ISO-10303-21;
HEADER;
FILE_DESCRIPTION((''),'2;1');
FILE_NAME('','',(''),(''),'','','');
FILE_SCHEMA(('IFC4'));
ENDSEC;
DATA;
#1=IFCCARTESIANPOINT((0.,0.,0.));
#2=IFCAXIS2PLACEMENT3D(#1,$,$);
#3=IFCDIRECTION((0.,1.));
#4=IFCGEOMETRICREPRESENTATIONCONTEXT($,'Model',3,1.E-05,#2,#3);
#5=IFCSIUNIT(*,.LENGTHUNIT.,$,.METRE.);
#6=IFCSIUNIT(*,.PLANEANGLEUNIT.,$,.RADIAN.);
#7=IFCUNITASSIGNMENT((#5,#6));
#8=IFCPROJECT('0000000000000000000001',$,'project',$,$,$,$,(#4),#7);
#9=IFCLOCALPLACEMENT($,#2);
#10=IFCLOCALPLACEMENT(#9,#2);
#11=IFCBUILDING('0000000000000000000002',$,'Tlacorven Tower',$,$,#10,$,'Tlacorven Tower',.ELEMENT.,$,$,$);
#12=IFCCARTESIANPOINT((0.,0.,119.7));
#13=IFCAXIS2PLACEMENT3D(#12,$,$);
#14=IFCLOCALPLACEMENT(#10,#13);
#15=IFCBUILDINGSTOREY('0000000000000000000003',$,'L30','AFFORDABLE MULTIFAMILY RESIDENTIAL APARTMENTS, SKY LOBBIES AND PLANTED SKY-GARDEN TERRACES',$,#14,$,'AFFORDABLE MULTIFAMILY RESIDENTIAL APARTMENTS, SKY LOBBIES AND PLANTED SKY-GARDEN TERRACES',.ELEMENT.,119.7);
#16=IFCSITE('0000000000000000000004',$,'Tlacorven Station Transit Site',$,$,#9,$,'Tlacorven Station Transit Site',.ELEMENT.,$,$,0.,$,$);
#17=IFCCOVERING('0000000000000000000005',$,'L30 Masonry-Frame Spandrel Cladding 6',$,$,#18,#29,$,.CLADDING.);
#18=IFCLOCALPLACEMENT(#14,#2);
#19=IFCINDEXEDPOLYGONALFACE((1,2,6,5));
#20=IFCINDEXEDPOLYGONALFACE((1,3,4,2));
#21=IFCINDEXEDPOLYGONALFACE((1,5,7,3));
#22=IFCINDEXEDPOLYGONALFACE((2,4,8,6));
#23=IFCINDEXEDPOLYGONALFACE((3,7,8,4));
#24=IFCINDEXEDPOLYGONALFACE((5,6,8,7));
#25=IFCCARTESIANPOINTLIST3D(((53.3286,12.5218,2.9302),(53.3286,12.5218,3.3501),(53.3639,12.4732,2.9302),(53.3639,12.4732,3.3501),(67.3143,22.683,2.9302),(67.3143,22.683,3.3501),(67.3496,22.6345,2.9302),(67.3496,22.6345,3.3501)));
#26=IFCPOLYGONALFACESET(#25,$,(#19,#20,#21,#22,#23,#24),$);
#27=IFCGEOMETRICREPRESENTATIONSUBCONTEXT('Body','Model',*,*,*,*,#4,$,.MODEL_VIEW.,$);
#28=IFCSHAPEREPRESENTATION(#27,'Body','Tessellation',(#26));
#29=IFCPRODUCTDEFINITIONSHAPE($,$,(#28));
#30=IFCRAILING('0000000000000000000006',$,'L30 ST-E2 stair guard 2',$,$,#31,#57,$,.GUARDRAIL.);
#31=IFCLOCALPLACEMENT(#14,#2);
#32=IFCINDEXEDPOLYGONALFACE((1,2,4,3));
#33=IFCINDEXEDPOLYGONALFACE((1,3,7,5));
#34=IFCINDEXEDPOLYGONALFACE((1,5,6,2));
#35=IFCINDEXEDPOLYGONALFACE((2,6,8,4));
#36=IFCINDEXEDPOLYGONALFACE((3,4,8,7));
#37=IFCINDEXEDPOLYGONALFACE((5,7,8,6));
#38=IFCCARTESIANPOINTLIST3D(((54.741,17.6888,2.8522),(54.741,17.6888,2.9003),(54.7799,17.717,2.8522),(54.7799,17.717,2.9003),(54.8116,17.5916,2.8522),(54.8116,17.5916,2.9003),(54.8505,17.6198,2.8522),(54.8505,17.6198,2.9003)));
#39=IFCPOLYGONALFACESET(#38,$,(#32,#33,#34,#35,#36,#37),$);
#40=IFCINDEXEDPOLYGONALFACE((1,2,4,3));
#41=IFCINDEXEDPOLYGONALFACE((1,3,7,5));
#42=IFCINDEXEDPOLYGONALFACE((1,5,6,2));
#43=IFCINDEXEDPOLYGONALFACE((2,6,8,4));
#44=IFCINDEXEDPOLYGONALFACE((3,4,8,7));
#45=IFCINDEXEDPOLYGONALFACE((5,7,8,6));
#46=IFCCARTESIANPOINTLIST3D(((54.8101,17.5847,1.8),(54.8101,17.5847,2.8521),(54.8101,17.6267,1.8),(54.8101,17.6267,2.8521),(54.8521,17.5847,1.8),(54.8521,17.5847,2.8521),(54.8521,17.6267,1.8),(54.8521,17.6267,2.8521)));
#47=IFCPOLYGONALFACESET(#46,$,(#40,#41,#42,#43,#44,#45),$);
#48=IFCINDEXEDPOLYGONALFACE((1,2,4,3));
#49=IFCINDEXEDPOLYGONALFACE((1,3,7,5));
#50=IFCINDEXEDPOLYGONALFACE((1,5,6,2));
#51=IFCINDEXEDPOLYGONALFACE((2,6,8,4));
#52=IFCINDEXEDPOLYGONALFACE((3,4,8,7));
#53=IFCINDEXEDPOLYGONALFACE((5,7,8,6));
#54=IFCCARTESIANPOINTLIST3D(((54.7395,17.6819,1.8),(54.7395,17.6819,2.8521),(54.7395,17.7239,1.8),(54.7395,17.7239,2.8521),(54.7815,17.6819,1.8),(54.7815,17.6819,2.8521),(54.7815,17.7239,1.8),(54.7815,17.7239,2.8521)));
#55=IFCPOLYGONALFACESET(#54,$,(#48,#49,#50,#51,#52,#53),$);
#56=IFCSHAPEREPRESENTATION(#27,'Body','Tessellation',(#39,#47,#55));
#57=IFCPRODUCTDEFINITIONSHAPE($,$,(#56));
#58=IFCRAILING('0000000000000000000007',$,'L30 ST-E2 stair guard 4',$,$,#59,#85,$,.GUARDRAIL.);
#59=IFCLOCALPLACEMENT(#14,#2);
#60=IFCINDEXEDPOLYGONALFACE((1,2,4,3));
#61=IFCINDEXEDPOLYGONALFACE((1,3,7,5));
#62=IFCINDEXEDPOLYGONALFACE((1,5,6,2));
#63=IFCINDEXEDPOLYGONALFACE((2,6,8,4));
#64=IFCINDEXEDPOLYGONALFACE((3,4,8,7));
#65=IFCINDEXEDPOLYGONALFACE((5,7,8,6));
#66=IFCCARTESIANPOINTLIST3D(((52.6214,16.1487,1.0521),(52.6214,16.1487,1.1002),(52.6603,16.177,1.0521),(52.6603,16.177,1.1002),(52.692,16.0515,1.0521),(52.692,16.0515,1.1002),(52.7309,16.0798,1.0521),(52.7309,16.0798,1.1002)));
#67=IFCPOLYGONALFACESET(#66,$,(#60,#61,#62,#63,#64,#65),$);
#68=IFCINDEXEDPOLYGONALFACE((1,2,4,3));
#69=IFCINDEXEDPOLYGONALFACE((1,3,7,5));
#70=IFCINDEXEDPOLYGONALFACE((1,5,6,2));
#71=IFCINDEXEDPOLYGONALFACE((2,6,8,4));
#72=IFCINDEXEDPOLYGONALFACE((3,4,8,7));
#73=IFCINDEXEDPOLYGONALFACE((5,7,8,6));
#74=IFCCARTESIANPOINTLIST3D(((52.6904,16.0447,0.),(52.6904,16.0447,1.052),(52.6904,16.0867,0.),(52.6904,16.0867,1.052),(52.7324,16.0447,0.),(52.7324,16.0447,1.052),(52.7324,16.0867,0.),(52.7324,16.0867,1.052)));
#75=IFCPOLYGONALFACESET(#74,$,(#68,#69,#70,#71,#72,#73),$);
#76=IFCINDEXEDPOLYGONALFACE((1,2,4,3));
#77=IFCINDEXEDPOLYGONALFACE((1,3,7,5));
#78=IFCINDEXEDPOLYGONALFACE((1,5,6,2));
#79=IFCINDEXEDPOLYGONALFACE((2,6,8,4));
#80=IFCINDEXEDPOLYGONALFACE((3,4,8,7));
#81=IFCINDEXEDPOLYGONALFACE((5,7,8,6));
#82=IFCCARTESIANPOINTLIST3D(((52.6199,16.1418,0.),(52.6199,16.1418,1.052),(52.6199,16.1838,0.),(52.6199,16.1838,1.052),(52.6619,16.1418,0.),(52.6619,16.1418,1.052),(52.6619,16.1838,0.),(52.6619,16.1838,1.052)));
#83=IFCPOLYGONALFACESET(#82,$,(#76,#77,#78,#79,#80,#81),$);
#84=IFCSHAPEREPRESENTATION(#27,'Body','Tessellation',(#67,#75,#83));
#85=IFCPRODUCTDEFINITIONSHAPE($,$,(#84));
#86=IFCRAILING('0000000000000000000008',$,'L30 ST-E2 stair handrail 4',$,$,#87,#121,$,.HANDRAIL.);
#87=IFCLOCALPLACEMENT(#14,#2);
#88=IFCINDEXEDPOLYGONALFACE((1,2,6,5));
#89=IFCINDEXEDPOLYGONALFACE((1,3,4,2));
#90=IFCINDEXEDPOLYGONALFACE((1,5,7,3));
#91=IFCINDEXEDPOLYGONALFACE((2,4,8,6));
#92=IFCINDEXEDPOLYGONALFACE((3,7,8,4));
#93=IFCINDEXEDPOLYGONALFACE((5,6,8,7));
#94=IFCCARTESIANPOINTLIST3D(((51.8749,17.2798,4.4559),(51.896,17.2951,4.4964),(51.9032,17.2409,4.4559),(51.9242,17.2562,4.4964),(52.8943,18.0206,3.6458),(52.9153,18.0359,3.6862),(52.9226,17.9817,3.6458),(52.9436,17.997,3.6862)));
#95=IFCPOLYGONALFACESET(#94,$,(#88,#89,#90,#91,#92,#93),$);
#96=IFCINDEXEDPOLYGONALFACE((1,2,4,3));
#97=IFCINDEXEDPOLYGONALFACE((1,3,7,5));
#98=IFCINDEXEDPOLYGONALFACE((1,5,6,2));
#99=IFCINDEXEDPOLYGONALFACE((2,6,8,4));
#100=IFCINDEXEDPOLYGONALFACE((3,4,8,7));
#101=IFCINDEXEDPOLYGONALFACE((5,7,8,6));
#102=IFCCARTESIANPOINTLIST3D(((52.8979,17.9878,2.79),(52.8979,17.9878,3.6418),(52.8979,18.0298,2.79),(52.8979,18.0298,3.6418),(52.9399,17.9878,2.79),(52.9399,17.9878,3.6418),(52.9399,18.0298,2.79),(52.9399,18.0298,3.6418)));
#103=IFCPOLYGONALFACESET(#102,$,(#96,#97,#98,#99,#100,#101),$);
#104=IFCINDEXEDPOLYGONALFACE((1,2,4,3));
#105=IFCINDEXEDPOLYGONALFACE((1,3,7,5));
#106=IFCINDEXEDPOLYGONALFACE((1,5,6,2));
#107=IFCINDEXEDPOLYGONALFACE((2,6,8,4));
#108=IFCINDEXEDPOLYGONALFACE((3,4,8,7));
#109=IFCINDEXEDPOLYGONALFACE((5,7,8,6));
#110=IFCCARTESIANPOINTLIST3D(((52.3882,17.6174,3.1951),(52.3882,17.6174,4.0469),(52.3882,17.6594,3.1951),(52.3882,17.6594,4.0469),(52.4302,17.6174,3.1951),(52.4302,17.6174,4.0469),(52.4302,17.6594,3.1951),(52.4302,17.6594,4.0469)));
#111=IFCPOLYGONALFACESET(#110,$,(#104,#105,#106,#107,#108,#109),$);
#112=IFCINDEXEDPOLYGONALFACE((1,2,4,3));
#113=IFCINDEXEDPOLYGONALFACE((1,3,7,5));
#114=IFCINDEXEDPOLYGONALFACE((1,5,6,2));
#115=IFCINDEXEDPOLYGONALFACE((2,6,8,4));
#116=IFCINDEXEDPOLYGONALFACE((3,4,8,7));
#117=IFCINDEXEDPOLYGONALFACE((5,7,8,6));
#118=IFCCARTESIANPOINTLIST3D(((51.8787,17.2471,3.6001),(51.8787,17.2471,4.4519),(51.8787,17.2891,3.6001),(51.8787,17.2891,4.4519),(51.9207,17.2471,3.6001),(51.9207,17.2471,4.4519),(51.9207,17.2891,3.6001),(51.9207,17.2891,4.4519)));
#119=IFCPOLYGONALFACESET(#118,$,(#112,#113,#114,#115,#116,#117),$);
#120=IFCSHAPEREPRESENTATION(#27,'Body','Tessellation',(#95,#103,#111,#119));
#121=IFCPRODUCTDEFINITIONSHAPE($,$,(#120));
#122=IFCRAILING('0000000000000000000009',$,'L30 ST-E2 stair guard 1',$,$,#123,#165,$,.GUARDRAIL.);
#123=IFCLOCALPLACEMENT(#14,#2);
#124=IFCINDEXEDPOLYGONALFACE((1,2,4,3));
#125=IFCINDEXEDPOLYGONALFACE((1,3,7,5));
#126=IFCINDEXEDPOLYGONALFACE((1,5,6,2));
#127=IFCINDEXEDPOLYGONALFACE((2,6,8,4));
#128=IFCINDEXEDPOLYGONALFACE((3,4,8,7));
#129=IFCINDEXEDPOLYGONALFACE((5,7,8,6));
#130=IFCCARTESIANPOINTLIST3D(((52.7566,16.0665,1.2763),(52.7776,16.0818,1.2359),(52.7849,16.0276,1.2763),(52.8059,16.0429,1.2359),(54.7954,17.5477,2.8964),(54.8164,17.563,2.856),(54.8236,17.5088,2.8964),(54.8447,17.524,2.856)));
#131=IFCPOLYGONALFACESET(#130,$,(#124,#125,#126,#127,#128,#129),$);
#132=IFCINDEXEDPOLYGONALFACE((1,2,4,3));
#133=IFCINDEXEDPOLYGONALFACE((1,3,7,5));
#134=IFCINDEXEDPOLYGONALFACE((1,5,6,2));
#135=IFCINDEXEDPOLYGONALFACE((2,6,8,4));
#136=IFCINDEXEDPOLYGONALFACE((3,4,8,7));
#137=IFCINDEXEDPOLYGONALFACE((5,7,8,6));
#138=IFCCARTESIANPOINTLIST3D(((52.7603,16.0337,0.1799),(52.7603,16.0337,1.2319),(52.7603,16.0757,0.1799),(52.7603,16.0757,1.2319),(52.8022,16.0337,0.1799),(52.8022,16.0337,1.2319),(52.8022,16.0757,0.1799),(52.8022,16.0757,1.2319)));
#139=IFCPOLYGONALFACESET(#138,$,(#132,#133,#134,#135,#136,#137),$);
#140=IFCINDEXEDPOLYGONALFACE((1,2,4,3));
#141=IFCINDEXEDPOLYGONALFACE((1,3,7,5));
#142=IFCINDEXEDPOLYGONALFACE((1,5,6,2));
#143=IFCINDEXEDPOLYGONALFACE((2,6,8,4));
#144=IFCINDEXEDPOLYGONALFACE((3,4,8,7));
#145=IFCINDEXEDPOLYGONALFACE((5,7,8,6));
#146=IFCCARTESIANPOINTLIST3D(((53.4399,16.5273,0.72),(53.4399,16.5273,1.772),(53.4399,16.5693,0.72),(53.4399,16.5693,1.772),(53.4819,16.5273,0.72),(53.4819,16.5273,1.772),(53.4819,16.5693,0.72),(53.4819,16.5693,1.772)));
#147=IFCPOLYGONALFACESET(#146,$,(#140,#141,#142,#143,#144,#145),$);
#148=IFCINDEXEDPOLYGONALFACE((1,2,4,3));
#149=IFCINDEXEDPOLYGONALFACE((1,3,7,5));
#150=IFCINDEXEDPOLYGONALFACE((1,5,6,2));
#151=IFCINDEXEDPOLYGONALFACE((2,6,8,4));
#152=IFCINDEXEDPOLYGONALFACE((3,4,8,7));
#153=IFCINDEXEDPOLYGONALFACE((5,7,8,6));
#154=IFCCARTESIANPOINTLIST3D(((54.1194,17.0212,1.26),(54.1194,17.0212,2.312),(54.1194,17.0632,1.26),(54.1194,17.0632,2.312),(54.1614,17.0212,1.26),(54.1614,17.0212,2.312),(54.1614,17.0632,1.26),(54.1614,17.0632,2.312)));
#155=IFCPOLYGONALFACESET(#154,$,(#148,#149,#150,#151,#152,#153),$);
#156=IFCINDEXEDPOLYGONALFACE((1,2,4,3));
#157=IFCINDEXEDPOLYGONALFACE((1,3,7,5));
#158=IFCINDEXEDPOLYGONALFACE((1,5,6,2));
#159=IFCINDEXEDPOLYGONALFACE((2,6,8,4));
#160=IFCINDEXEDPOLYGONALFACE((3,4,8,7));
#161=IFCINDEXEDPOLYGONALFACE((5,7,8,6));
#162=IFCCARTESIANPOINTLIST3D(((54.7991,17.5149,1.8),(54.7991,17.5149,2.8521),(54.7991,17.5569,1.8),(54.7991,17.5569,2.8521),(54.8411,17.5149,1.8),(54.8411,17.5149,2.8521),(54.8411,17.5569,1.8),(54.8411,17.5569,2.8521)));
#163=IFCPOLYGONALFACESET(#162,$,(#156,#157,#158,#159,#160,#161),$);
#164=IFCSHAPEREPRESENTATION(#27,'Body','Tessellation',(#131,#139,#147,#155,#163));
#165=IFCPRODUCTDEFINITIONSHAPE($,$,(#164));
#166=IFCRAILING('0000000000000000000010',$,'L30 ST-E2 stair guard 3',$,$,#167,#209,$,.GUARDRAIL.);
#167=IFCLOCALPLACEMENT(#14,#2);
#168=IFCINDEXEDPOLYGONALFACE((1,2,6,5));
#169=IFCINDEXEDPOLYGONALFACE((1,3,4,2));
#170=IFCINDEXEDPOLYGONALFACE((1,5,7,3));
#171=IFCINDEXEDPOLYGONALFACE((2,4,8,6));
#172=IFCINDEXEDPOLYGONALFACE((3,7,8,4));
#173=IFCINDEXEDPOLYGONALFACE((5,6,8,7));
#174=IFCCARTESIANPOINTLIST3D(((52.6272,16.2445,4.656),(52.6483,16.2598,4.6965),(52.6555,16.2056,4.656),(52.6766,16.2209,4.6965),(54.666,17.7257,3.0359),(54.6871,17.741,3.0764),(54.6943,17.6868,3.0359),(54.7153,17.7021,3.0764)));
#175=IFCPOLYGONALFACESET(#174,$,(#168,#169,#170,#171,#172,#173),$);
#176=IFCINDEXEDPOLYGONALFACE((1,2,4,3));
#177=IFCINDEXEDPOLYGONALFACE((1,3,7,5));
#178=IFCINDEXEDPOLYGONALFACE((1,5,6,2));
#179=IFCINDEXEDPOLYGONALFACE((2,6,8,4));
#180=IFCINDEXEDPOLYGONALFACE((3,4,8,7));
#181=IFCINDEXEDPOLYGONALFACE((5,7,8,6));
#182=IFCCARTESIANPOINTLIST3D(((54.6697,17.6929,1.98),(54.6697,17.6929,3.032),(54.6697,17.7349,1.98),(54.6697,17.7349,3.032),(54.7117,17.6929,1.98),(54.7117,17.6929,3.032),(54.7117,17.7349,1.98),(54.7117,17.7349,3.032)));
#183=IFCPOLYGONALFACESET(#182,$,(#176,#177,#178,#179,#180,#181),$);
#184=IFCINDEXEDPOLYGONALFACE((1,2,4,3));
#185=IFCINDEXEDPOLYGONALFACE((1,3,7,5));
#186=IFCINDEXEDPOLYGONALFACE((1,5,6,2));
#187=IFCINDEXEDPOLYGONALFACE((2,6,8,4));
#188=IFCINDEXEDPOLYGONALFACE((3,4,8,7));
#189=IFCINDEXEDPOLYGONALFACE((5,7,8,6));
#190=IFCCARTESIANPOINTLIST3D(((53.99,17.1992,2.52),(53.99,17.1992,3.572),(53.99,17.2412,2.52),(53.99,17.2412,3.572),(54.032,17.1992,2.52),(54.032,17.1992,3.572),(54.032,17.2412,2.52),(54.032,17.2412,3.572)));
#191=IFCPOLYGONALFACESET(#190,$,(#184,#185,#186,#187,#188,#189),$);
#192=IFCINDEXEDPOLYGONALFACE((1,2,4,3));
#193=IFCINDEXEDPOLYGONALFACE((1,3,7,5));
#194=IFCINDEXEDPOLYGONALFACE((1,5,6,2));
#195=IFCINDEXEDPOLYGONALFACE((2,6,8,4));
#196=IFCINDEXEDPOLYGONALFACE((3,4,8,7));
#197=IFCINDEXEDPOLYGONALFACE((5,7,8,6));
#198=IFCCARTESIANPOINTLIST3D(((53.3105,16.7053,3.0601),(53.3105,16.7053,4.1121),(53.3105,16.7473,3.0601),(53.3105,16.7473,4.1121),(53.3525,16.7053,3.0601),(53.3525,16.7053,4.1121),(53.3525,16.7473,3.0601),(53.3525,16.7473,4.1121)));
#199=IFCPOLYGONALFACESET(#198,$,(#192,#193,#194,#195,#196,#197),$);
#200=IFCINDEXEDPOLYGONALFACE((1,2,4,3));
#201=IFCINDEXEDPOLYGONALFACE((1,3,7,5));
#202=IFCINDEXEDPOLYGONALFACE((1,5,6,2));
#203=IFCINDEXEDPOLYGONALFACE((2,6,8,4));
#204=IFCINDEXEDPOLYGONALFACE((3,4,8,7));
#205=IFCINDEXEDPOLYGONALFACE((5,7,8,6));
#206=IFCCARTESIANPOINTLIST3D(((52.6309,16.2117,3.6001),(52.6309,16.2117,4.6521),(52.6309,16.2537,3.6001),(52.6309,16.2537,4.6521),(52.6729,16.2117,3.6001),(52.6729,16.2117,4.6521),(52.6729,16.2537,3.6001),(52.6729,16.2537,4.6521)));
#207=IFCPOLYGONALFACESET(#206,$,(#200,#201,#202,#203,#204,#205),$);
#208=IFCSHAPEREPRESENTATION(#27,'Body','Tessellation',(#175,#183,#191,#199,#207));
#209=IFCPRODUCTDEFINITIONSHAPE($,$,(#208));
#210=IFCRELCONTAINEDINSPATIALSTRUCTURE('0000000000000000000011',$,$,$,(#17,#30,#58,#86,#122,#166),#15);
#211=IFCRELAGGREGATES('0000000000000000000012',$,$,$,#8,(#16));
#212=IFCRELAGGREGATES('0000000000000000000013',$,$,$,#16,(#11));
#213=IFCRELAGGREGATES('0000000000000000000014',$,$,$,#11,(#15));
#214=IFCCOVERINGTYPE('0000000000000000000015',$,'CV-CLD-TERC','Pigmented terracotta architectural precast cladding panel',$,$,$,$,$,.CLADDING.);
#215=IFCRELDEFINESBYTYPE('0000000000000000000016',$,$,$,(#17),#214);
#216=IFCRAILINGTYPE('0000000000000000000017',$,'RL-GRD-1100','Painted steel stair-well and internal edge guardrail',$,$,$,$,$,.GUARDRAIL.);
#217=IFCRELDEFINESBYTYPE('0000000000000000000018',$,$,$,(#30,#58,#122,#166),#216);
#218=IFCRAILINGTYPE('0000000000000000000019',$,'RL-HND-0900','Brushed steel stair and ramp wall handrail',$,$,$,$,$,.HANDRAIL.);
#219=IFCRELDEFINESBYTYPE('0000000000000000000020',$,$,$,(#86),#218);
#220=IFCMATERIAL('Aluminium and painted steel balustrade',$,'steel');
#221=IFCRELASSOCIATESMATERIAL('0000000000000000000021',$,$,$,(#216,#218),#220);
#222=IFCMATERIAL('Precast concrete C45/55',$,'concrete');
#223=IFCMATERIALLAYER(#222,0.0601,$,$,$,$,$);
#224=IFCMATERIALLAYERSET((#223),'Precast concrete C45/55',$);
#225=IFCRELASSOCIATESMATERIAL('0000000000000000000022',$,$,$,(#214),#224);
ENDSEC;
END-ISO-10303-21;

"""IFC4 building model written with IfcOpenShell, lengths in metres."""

from ifc_helpers import new_model, si_unit, direction, frame, origin, origin_2d, place, context, subcontext, project, spatial, rectangle, extrude, source, transform, mapped, material, layer, layer_set, type_object, element, save


model = new_model("IFC4")

# Units and contexts
model_context = context("Model", 3, precision=1e-05, world=origin(), true_north=direction((0.0, 1.0)))
body_context = subcontext(model_context, "Body", "Model", "MODEL_VIEW")
ifc_project = project(units=[si_unit("LENGTHUNIT", "METRE"), si_unit("PLANEANGLEUNIT", "RADIAN")], contexts=[model_context])

# Site, building, storey
site_placement = place(None, origin())
site = spatial("IfcSite", under=ifc_project, at=site_placement, Name="Tlacorven Station Transit Site", LongName="Tlacorven Station Transit Site", CompositionType="ELEMENT", RefElevation=0.0)
building_placement = place(site_placement, origin())
building = spatial("IfcBuilding", under=site, at=building_placement, Name="Tlacorven Tower", LongName="Tlacorven Tower", CompositionType="ELEMENT")
storey_placement = place(building_placement, frame((0.0, 0.0, 119.7)))
storey = spatial("IfcBuildingStorey", under=building, at=storey_placement, Name="L30", Description="AFFORDABLE MULTIFAMILY RESIDENTIAL APARTMENTS, SKY LOBBIES AND PLANTED SKY-GARDEN TERRACES", LongName="AFFORDABLE MULTIFAMILY RESIDENTIAL APARTMENTS, SKY LOBBIES AND PLANTED SKY-GARDEN TERRACES", CompositionType="ELEMENT", Elevation=119.7)

# Shared definitions
ifc_material_1 = material(Name="Aluminium and painted steel balustrade", Category="steel")
railing_type_1 = type_object("IfcRailingType", Name="RL-GRD-1100", Description="Painted steel stair-well and internal edge guardrail", PredefinedType="GUARDRAIL", material=ifc_material_1)

# Covering
ifc_material_2 = material(Name="Precast concrete C45/55", Category="concrete")
ifc_layer_1 = layer(ifc_material_2, 0.0601)
ifc_layer_set_1 = layer_set([ifc_layer_1], Name="Precast concrete C45/55")
covering_type = type_object("IfcCoveringType", Name="CV-CLD-TERC", Description="Pigmented terracotta architectural precast cladding panel", PredefinedType="CLADDING", material=ifc_layer_set_1)
shared_shape_1 = source(origin(), body_context, "Body", "SweptSolid", [
    extrude(rectangle(XDim=17.2874, YDim=0.0601, at=origin_2d()), origin(), (0.0, 0.0, 1.0), 0.4199),
])
covering_placement = place(storey_placement, frame((60.3391, 17.5781, 2.9302), z_axis=(0.0, 0.0, 1.0), x_axis=(-0.809017, -0.587785, 0.0)))
element("IfcCovering", 1, at=covering_placement, inside=storey, type_object=covering_type, Name="L30 Masonry-Frame Spandrel Cladding 6", PredefinedType="CLADDING", context=body_context, shape_type="MappedRepresentation", body=[
    mapped(shared_shape_1, transform((0.0, 0.0, 0.0), scale=1.0)),
])

# Railings
shared_shape_2 = source(origin(), body_context, "Body", "SweptSolid", [
    extrude(rectangle(XDim=0.0481, YDim=0.0481, at=origin_2d()), frame((0.0, 0.0, 1.0762), z_axis=(-0.587567, 0.809175, 0.0), x_axis=(-0.809175, -0.587567, 0.0)), (0.0, 0.0, 1.0), 0.1201),
    extrude(rectangle(XDim=0.042, YDim=0.042, at=origin_2d()), origin(), (0.0, 0.0, 1.0), 1.052),
    extrude(rectangle(XDim=0.042, YDim=0.042, at=origin_2d()), frame((-0.0706, 0.0972, 0.0)), (0.0, 0.0, 1.0), 1.052),
])
for number, where, name in (
    (2, (54.8311, 17.6057, 1.8), "L30 ST-E2 stair guard 2"),
    (3, (52.7114, 16.0657, 0.0), "L30 ST-E2 stair guard 4"),
):
    element("IfcRailing", number, at=place(storey_placement, frame(where)), inside=storey, type_object=railing_type_1, Name=name, PredefinedType="GUARDRAIL", context=body_context, shape_type="MappedRepresentation", body=[
        mapped(shared_shape_2, transform((0.0, 0.0, 0.0), scale=1.0)),
    ])
railing_type_2 = type_object("IfcRailingType", Name="RL-HND-0900", Description="Brushed steel stair and ramp wall handrail", PredefinedType="HANDRAIL", material=ifc_material_1)
shared_shape_3 = source(origin(), body_context, "Body", "SweptSolid", [
    extrude(rectangle(XDim=0.0481, YDim=0.0481, at=origin_2d()), frame((0.0, 0.0, 0.876), z_axis=(-0.680461, -0.494496, 0.540783), x_axis=(0.587872, -0.808954, 0.0)), (0.0, 0.0, 1.0), 1.498),
    extrude(rectangle(XDim=0.042, YDim=0.042, at=origin_2d()), origin(), (0.0, 0.0, 1.0), 0.8518),
    extrude(rectangle(XDim=0.042, YDim=0.042, at=origin_2d()), frame((-0.5098, -0.3704, 0.405)), (0.0, 0.0, 1.0), 0.8518),
    extrude(rectangle(XDim=0.042, YDim=0.042, at=origin_2d()), frame((-1.0193, -0.7407, 0.8101)), (0.0, 0.0, 1.0), 0.8518),
])
railing_1_placement = place(storey_placement, frame((52.9189, 18.0088, 2.79)))
element("IfcRailing", 4, at=railing_1_placement, inside=storey, type_object=railing_type_2, Name="L30 ST-E2 stair handrail 4", PredefinedType="HANDRAIL", context=body_context, shape_type="MappedRepresentation", body=[
    mapped(shared_shape_3, transform((0.0, 0.0, 0.0), scale=1.0)),
])
shared_shape_4 = source(origin(), body_context, "Body", "SweptSolid", [
    extrude(rectangle(XDim=0.0481, YDim=0.0481, at=origin_2d()), frame((0.0, 0.0, 1.0762), z_axis=(0.680532, 0.494407, 0.540775), x_axis=(-0.587763, 0.809033, 0.0)), (0.0, 0.0, 1.0), 2.9958),
    extrude(rectangle(XDim=0.042, YDim=0.042, at=origin_2d()), origin(), (0.0, 0.0, 1.0), 1.052),
    extrude(rectangle(XDim=0.042, YDim=0.042, at=origin_2d()), frame((0.6797, 0.4937, 0.54)), (0.0, 0.0, 1.0), 1.052),
    extrude(rectangle(XDim=0.042, YDim=0.042, at=origin_2d()), frame((1.3591, 0.9875, 1.0801)), (0.0, 0.0, 1.0), 1.052),
    extrude(rectangle(XDim=0.042, YDim=0.042, at=origin_2d()), frame((2.0388, 1.4812, 1.6201)), (0.0, 0.0, 1.0), 1.052),
])
railing_2_placement = place(storey_placement, frame((52.7812, 16.0547, 0.1799)))
element("IfcRailing", 5, at=railing_2_placement, inside=storey, type_object=railing_type_1, Name="L30 ST-E2 stair guard 1", PredefinedType="GUARDRAIL", context=body_context, shape_type="MappedRepresentation", body=[
    mapped(shared_shape_4, transform((0.0, 0.0, 0.0), scale=1.0)),
])
shared_shape_5 = source(origin(), body_context, "Body", "SweptSolid", [
    extrude(rectangle(XDim=0.0481, YDim=0.0481, at=origin_2d()), frame((0.0, 0.0, 1.0762), z_axis=(-0.680532, -0.494407, 0.540775), x_axis=(0.587763, -0.809033, 0.0)), (0.0, 0.0, 1.0), 2.9958),
    extrude(rectangle(XDim=0.042, YDim=0.042, at=origin_2d()), origin(), (0.0, 0.0, 1.0), 1.052),
    extrude(rectangle(XDim=0.042, YDim=0.042, at=origin_2d()), frame((-0.6797, -0.4937, 0.54)), (0.0, 0.0, 1.0), 1.052),
    extrude(rectangle(XDim=0.042, YDim=0.042, at=origin_2d()), frame((-1.3591, -0.9875, 1.0801)), (0.0, 0.0, 1.0), 1.052),
    extrude(rectangle(XDim=0.042, YDim=0.042, at=origin_2d()), frame((-2.0388, -1.4812, 1.6201)), (0.0, 0.0, 1.0), 1.052),
])
railing_3_placement = place(storey_placement, frame((54.6907, 17.7139, 1.98)))
element("IfcRailing", 6, at=railing_3_placement, inside=storey, type_object=railing_type_1, Name="L30 ST-E2 stair guard 3", PredefinedType="GUARDRAIL", context=body_context, shape_type="MappedRepresentation", body=[
    mapped(shared_shape_5, transform((0.0, 0.0, 0.0), scale=1.0)),
])

save(model, "model.ifc")
